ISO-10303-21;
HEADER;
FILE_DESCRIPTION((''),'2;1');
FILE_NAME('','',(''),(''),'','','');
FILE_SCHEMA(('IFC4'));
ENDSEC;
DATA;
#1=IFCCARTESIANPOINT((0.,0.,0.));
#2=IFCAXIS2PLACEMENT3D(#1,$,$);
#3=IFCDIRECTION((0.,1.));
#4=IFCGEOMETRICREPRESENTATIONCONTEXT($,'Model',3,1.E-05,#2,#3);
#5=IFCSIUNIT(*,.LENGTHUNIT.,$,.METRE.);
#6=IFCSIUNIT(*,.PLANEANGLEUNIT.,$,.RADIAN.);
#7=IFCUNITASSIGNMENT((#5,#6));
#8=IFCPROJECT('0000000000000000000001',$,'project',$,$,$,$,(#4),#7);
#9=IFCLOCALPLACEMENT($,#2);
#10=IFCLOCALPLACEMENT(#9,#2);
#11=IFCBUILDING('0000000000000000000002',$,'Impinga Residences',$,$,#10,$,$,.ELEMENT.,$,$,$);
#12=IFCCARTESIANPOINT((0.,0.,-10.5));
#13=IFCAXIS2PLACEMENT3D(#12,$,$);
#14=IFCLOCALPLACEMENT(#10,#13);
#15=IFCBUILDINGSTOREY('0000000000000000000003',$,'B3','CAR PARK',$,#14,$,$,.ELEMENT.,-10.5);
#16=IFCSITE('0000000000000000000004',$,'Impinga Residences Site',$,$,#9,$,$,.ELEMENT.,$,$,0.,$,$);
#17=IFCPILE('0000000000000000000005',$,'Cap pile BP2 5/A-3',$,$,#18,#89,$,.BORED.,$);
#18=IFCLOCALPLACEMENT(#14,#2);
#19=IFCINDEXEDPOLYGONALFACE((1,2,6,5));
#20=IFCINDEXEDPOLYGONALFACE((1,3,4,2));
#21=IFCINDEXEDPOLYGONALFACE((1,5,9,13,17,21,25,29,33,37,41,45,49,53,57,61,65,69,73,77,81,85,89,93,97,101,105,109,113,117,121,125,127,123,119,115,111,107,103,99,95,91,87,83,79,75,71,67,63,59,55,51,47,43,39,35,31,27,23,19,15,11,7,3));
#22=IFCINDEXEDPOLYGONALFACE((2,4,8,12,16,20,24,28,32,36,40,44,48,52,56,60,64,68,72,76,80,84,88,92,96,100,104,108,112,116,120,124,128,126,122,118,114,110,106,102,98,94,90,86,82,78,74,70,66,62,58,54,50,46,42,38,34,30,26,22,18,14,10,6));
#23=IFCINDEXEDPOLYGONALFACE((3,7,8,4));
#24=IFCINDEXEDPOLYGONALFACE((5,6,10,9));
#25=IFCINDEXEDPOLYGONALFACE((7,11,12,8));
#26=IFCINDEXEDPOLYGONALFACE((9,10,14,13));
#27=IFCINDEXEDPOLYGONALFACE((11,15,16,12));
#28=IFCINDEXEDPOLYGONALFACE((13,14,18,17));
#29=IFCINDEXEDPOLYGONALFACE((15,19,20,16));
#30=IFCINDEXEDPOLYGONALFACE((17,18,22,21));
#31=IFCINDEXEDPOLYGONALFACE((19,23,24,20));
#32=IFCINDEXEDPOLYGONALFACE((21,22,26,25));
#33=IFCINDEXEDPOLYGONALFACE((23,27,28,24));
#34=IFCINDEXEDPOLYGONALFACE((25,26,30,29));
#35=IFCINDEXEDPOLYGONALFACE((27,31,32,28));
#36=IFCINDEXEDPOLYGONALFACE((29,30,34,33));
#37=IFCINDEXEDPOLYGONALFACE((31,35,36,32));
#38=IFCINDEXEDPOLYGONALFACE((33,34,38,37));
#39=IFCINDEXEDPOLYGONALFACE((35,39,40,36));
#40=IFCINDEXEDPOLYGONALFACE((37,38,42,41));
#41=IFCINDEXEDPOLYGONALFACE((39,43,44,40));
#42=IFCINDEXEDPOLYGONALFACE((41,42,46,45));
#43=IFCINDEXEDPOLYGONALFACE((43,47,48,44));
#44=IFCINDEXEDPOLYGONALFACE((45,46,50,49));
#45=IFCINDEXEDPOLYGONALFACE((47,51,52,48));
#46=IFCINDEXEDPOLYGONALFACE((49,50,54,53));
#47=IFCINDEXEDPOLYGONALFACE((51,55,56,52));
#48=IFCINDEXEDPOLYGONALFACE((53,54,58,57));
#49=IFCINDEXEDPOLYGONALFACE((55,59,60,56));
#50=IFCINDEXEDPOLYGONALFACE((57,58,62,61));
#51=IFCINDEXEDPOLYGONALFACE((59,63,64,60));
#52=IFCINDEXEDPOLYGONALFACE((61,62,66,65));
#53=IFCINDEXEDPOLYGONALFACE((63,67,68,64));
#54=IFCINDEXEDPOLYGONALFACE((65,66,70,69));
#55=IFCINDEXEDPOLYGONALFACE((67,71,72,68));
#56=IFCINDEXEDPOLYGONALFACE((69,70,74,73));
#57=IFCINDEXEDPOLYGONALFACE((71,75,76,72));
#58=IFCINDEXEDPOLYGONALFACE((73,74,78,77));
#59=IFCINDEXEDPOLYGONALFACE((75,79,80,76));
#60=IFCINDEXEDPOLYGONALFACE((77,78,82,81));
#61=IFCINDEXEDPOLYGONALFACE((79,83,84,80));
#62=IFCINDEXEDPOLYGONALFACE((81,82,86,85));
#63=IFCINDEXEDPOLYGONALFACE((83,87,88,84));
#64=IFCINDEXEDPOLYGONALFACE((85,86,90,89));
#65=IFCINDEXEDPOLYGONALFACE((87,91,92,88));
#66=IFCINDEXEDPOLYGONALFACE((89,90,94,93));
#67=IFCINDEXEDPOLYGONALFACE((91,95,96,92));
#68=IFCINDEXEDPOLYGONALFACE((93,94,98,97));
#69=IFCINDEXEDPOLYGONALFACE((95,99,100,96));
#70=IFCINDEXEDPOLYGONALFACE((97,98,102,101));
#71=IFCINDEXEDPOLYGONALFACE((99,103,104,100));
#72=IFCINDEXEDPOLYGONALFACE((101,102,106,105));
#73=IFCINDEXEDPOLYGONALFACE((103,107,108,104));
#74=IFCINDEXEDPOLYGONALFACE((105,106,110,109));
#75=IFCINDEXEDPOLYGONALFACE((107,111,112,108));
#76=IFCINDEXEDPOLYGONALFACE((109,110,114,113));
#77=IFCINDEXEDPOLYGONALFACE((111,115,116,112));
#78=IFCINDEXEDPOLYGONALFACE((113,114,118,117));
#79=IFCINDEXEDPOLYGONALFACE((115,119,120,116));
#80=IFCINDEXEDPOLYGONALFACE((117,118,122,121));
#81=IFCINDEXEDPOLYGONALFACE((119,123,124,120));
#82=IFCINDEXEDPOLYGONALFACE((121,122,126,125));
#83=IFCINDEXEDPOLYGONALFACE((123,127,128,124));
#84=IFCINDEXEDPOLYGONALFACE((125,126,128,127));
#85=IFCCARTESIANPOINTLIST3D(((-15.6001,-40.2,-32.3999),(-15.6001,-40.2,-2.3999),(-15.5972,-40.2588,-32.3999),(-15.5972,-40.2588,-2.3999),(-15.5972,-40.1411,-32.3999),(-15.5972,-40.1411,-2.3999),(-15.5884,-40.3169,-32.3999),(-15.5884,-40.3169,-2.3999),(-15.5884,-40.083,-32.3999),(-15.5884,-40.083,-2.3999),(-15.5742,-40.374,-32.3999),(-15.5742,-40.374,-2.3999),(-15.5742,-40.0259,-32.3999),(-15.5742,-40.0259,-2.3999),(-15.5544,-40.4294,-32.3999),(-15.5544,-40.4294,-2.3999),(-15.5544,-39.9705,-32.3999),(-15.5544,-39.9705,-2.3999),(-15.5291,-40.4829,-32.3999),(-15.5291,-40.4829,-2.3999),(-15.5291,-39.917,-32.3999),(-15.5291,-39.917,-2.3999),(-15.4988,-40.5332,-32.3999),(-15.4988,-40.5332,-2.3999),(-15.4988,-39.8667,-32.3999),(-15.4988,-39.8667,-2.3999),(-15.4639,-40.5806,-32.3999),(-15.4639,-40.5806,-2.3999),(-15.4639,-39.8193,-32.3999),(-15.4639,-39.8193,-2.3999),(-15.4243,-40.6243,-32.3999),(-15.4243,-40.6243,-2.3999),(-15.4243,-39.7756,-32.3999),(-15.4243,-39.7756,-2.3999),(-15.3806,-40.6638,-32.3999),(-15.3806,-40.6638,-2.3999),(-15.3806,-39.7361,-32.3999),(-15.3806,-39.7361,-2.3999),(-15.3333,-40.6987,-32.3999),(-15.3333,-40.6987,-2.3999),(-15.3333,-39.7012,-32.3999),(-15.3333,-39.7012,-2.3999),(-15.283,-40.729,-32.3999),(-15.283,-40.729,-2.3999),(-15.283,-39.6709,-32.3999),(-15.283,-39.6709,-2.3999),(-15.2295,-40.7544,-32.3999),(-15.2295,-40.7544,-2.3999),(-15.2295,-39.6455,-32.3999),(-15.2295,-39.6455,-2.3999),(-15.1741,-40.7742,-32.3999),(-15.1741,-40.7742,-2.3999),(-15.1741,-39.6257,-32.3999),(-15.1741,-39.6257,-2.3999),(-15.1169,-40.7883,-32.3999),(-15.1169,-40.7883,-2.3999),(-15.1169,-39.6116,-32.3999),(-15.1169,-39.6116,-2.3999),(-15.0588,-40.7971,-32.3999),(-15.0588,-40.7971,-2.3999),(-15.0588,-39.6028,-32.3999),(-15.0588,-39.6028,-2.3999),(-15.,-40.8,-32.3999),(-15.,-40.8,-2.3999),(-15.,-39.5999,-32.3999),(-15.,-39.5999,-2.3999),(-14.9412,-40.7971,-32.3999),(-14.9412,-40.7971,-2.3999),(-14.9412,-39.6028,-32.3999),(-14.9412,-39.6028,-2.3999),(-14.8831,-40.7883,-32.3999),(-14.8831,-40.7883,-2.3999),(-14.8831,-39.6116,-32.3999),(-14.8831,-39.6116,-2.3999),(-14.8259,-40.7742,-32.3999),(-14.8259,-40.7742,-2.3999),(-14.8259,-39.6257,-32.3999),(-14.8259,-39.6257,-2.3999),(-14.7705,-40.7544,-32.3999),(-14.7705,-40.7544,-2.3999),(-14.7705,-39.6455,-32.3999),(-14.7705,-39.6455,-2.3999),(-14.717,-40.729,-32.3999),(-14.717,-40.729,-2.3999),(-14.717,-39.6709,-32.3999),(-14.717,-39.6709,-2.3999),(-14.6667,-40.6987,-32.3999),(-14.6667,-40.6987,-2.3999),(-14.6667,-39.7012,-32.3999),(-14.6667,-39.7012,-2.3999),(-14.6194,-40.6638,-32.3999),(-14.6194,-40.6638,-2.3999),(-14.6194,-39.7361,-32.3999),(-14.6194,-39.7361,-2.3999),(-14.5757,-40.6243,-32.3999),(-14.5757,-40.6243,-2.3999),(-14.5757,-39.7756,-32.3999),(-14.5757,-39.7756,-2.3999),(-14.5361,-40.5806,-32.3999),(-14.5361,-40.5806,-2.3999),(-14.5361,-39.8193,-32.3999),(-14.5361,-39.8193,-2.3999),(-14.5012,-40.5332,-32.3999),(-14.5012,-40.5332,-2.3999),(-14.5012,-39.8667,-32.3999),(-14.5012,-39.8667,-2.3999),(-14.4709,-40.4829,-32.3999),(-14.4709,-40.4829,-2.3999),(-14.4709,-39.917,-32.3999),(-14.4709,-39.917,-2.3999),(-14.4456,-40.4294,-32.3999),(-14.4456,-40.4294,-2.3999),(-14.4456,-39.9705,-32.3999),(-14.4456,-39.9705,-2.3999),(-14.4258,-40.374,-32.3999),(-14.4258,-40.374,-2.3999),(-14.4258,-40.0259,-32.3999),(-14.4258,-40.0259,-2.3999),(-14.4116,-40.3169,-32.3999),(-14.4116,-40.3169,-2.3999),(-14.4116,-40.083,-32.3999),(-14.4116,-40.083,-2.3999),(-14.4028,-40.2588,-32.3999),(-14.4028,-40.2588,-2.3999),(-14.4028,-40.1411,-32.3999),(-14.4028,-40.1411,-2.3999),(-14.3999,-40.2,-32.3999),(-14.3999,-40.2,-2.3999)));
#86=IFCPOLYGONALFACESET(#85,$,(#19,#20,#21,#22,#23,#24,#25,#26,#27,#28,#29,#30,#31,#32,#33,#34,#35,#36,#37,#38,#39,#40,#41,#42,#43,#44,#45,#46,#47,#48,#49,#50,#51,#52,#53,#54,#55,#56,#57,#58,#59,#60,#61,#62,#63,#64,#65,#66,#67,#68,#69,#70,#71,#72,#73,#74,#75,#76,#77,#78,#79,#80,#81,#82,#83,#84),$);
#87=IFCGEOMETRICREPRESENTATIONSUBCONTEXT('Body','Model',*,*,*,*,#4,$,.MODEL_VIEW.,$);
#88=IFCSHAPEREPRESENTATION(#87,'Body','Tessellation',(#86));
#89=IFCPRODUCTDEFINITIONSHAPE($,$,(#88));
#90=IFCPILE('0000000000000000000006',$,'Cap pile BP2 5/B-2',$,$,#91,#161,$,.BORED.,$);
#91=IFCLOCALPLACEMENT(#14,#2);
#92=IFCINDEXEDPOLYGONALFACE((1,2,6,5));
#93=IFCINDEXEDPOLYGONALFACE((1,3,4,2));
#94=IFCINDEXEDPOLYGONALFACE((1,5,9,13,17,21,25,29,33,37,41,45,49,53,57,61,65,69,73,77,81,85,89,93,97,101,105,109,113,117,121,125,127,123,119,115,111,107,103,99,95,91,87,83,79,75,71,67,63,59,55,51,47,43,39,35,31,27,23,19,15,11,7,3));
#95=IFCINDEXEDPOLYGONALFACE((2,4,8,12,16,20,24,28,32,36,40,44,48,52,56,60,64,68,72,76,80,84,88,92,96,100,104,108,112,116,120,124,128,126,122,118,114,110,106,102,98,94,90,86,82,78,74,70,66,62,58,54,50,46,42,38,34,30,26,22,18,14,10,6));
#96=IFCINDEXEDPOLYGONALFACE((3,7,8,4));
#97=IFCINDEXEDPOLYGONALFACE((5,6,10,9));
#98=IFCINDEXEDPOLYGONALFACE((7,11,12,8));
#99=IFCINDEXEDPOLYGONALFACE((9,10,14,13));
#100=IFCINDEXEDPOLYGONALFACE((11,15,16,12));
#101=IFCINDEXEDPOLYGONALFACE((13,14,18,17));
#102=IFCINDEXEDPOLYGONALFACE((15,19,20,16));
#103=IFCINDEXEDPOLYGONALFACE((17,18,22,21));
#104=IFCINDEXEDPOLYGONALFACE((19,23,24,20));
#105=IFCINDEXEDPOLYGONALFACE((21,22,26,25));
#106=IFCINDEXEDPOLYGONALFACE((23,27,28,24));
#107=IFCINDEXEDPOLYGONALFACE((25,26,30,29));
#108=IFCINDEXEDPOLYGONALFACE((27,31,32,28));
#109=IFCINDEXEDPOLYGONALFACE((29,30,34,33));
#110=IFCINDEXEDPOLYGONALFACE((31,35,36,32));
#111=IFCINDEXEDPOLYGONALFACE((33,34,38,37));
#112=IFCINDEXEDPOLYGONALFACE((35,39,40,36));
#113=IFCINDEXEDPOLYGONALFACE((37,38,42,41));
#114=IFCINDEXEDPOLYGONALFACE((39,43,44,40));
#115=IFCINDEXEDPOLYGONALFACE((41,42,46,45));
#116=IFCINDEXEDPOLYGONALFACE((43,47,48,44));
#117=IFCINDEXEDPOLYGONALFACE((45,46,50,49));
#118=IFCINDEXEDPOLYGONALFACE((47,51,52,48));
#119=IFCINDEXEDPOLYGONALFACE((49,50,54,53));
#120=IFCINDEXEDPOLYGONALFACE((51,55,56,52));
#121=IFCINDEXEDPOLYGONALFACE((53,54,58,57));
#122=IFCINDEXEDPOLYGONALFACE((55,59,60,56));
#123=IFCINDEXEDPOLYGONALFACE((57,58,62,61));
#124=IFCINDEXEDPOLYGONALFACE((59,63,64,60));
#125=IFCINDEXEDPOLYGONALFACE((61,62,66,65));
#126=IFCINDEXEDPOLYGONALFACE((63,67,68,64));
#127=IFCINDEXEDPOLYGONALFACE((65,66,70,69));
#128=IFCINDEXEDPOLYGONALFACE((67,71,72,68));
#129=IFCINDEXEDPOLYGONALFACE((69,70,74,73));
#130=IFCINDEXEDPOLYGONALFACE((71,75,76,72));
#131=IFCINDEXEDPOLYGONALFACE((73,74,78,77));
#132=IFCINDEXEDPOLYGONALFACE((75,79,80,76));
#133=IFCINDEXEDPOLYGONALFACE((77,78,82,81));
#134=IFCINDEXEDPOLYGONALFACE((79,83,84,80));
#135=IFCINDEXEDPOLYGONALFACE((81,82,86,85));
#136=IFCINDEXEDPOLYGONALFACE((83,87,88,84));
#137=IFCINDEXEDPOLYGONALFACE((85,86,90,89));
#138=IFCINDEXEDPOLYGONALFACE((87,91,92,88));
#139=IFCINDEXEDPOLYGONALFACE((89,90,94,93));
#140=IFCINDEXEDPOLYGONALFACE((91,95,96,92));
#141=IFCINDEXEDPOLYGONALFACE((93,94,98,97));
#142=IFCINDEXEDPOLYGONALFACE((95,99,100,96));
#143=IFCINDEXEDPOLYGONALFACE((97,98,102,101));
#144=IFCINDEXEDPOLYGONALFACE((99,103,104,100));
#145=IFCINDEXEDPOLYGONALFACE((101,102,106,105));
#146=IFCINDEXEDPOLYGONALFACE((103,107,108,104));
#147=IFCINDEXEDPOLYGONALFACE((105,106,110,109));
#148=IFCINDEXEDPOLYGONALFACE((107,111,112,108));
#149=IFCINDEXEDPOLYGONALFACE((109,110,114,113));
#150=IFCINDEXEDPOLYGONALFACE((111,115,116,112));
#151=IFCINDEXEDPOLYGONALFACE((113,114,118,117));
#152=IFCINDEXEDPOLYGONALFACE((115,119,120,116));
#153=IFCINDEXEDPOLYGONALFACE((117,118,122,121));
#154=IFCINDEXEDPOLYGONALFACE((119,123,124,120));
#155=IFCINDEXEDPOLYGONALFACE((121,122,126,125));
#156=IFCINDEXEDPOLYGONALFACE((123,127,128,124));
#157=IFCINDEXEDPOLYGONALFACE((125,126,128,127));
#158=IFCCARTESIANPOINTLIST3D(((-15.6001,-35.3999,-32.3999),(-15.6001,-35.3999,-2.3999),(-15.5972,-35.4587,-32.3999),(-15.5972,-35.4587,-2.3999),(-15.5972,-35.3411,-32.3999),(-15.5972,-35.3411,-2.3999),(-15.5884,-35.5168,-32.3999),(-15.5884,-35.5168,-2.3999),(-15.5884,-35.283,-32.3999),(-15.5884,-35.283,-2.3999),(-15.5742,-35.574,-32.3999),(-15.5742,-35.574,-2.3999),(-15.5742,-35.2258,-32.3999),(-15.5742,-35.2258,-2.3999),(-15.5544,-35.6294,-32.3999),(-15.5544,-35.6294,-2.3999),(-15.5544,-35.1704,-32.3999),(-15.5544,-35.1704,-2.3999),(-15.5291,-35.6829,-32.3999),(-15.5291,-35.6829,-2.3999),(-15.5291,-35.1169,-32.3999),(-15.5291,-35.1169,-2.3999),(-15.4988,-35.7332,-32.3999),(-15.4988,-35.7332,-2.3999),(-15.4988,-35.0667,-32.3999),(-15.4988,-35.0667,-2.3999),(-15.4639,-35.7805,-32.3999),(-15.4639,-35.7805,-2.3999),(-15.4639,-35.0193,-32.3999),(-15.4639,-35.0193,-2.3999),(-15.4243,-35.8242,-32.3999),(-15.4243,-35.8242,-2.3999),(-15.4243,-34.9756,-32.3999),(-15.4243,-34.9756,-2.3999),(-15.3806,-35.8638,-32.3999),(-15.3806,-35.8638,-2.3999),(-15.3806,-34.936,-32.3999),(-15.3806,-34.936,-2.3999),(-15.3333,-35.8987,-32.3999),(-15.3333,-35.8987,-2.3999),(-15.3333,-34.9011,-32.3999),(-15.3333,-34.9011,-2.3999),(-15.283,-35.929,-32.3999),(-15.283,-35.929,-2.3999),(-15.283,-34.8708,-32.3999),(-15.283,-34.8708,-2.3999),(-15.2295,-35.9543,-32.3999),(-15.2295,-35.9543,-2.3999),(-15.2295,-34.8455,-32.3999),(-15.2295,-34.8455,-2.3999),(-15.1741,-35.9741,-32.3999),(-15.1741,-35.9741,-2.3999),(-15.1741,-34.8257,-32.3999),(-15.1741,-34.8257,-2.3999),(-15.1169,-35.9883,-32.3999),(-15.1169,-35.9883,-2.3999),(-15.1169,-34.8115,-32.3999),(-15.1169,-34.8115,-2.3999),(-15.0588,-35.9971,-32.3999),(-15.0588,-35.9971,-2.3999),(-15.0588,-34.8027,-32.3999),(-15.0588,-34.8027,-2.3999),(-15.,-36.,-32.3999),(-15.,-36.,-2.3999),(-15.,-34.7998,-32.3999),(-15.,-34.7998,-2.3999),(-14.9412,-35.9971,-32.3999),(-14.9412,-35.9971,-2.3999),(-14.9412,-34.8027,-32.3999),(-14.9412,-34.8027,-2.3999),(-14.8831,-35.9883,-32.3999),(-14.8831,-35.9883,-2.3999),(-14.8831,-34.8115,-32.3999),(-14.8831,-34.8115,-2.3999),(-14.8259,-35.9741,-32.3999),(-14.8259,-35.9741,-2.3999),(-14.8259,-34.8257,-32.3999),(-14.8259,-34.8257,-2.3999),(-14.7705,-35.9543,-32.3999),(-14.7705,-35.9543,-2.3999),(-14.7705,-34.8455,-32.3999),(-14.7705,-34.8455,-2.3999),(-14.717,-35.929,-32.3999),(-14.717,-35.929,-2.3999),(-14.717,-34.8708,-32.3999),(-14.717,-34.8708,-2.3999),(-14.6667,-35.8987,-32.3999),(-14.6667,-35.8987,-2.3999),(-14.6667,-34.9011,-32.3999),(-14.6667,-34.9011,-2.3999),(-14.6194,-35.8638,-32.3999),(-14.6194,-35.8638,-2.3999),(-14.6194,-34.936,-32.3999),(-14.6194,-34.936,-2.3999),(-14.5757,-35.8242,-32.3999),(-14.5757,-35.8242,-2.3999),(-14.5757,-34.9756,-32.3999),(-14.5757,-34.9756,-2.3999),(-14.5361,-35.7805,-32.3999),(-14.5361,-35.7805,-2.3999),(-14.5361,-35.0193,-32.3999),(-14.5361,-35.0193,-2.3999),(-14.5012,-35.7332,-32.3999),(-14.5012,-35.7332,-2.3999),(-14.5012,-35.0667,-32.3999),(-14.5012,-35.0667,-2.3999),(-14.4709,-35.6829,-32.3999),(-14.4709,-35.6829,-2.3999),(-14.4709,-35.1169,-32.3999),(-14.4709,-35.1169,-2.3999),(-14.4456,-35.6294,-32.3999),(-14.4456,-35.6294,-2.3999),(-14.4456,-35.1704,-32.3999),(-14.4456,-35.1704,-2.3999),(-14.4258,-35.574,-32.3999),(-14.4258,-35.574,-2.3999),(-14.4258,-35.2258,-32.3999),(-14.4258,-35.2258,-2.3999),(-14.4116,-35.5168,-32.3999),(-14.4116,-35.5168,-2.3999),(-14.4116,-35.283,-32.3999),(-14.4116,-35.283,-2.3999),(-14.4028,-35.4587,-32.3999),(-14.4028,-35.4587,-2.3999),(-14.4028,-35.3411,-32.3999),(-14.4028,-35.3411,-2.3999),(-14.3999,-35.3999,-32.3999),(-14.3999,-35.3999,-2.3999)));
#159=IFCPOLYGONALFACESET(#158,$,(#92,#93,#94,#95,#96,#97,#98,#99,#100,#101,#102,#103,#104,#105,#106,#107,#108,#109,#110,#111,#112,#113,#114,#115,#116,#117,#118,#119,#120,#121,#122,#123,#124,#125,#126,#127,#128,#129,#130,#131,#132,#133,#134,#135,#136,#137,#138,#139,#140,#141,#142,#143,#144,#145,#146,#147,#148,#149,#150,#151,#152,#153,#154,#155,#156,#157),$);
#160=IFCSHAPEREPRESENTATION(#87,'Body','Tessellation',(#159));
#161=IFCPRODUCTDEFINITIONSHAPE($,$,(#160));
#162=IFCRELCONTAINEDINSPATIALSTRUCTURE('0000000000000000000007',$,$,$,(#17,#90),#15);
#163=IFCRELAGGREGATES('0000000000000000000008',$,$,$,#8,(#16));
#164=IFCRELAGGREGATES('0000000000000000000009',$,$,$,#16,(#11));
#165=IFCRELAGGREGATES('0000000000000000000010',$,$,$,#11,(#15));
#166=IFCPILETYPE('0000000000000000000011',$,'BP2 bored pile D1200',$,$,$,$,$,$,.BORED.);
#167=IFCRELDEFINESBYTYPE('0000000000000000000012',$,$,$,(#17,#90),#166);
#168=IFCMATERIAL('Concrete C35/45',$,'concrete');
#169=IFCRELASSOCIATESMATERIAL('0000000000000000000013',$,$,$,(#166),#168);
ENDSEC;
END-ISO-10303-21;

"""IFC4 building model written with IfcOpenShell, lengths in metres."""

from ifc_helpers import new_model, si_unit, direction, frame, origin, origin_2d, place, context, subcontext, project, spatial, polyline, circle, outline, extrude, material, material_profile, profile_set, type_object, element, save


model = new_model("IFC4")

# Units and contexts
model_context = context("Model", 3, precision=1e-05, world=origin(), true_north=direction((0.0, 1.0)))
body_context = subcontext(model_context, "Body", "Model", "MODEL_VIEW")
ifc_project = project(units=[si_unit("LENGTHUNIT", "METRE"), si_unit("PLANEANGLEUNIT", "RADIAN")], contexts=[model_context])

# Site, building, storey
site_placement = place(None, origin())
site = spatial("IfcSite", under=ifc_project, at=site_placement, Name="Impinga Residences Site", CompositionType="ELEMENT", RefElevation=0.0)
building_placement = place(site_placement, origin())
building = spatial("IfcBuilding", under=site, at=building_placement, Name="Impinga Residences", CompositionType="ELEMENT")
storey_placement = place(building_placement, frame((0.0, 0.0, -10.5)))
storey = spatial("IfcBuildingStorey", under=building, at=storey_placement, Name="B3", Description="CAR PARK", CompositionType="ELEMENT", Elevation=-10.5)

# Piles
ifc_material_1 = material(Name="Concrete C35/45", Category="concrete")
ifc_material_profile_1 = material_profile(ifc_material_1, circle(Radius=0.6001, at=origin_2d()), Name="D1200")
ifc_profile_set_1 = profile_set([ifc_material_profile_1], Name="Concrete C35/45")
pile_type_1 = type_object("IfcPileType", Name="BP2 bored pile D1200", PredefinedType="BORED", material=ifc_profile_set_1)
pile_1_placement = place(storey_placement, frame((-15.0, -40.2, -2.3999), z_axis=(0.0, 0.0, -1.0), x_axis=(1.0, 0.0, 0.0)))
element("IfcPile", 1, at=pile_1_placement, inside=storey, type_object=pile_type_1, Name="Cap pile BP2 5/A-3", PredefinedType="BORED", context=body_context, shape_type="SweptSolid", body=[
    extrude(outline(polyline([(0.6001, 0.0), (0.5972, 0.0588), (0.5884, 0.1169), (0.5742, 0.1741), (0.5544, 0.2295), (0.5291, 0.283), (0.4988, 0.3333), (0.4639, 0.3806), (0.4243, 0.4243), (0.3806, 0.4639), (0.3333, 0.4988), (0.283, 0.5291), (0.2295, 0.5544), (0.1741, 0.5742), (0.1169, 0.5884), (0.0588, 0.5972), (0.0, 0.6001), (-0.0588, 0.5972), (-0.1169, 0.5884), (-0.1741, 0.5742), (-0.2295, 0.5544), (-0.283, 0.5291), (-0.3333, 0.4988), (-0.3806, 0.4639), (-0.4243, 0.4243), (-0.4639, 0.3806), (-0.4988, 0.3333), (-0.5291, 0.283), (-0.5544, 0.2295), (-0.5742, 0.1741), (-0.5884, 0.1169), (-0.5972, 0.0588), (-0.6001, 0.0), (-0.5972, -0.0588), (-0.5884, -0.1169), (-0.5742, -0.1741), (-0.5544, -0.2295), (-0.5291, -0.283), (-0.4988, -0.3333), (-0.4639, -0.3806), (-0.4243, -0.4243), (-0.3806, -0.4639), (-0.3333, -0.4988), (-0.283, -0.5291), (-0.2295, -0.5544), (-0.1741, -0.5742), (-0.1169, -0.5884), (-0.0588, -0.5972), (0.0, -0.6001), (0.0588, -0.5972), (0.1169, -0.5884), (0.1741, -0.5742), (0.2295, -0.5544), (0.283, -0.5291), (0.3333, -0.4988), (0.3806, -0.4639), (0.4243, -0.4243), (0.4639, -0.3806), (0.4988, -0.3333), (0.5291, -0.283), (0.5544, -0.2295), (0.5742, -0.1741), (0.5884, -0.1169), (0.5972, -0.0588), (0.6001, 0.0)])), origin(), (0.0, 0.0, 1.0), 30.0),
])
pile_2_placement = place(storey_placement, frame((-15.0, -35.3999, -2.3999), z_axis=(0.0, 0.0, -1.0), x_axis=(1.0, 0.0, 0.0)))
element("IfcPile", 2, at=pile_2_placement, inside=storey, type_object=pile_type_1, Name="Cap pile BP2 5/B-2", PredefinedType="BORED", context=body_context, shape_type="SweptSolid", body=[
    extrude(outline(polyline([(0.6001, 0.0), (0.5972, 0.0588), (0.5884, 0.1169), (0.5742, 0.1741), (0.5544, 0.2295), (0.5291, 0.283), (0.4988, 0.3333), (0.4639, 0.3806), (0.4243, 0.4243), (0.3806, 0.4639), (0.3333, 0.4988), (0.283, 0.5291), (0.2295, 0.5544), (0.1741, 0.5742), (0.1169, 0.5884), (0.0588, 0.5972), (0.0, 0.6001), (-0.0588, 0.5972), (-0.1169, 0.5884), (-0.1741, 0.5742), (-0.2295, 0.5544), (-0.283, 0.5291), (-0.3333, 0.4988), (-0.3806, 0.4639), (-0.4243, 0.4243), (-0.4639, 0.3806), (-0.4988, 0.3333), (-0.5291, 0.283), (-0.5544, 0.2295), (-0.5742, 0.1741), (-0.5884, 0.1169), (-0.5972, 0.0588), (-0.6001, 0.0), (-0.5972, -0.0588), (-0.5884, -0.1169), (-0.5742, -0.1741), (-0.5544, -0.2295), (-0.5291, -0.283), (-0.4988, -0.3333), (-0.4639, -0.3806), (-0.4243, -0.4243), (-0.3806, -0.4639), (-0.3333, -0.4988), (-0.283, -0.5291), (-0.2295, -0.5544), (-0.1741, -0.5742), (-0.1169, -0.5884), (-0.0588, -0.5972), (0.0, -0.6001), (0.0588, -0.5972), (0.1169, -0.5884), (0.1741, -0.5742), (0.2295, -0.5544), (0.283, -0.5291), (0.3333, -0.4988), (0.3806, -0.4639), (0.4243, -0.4243), (0.4639, -0.3806), (0.4988, -0.3333), (0.5291, -0.283), (0.5544, -0.2295), (0.5742, -0.1741), (0.5884, -0.1169), (0.5972, -0.0588), (0.6001, 0.0)])), origin(), (0.0, 0.0, 1.0), 30.0),
])

save(model, "model.ifc")
